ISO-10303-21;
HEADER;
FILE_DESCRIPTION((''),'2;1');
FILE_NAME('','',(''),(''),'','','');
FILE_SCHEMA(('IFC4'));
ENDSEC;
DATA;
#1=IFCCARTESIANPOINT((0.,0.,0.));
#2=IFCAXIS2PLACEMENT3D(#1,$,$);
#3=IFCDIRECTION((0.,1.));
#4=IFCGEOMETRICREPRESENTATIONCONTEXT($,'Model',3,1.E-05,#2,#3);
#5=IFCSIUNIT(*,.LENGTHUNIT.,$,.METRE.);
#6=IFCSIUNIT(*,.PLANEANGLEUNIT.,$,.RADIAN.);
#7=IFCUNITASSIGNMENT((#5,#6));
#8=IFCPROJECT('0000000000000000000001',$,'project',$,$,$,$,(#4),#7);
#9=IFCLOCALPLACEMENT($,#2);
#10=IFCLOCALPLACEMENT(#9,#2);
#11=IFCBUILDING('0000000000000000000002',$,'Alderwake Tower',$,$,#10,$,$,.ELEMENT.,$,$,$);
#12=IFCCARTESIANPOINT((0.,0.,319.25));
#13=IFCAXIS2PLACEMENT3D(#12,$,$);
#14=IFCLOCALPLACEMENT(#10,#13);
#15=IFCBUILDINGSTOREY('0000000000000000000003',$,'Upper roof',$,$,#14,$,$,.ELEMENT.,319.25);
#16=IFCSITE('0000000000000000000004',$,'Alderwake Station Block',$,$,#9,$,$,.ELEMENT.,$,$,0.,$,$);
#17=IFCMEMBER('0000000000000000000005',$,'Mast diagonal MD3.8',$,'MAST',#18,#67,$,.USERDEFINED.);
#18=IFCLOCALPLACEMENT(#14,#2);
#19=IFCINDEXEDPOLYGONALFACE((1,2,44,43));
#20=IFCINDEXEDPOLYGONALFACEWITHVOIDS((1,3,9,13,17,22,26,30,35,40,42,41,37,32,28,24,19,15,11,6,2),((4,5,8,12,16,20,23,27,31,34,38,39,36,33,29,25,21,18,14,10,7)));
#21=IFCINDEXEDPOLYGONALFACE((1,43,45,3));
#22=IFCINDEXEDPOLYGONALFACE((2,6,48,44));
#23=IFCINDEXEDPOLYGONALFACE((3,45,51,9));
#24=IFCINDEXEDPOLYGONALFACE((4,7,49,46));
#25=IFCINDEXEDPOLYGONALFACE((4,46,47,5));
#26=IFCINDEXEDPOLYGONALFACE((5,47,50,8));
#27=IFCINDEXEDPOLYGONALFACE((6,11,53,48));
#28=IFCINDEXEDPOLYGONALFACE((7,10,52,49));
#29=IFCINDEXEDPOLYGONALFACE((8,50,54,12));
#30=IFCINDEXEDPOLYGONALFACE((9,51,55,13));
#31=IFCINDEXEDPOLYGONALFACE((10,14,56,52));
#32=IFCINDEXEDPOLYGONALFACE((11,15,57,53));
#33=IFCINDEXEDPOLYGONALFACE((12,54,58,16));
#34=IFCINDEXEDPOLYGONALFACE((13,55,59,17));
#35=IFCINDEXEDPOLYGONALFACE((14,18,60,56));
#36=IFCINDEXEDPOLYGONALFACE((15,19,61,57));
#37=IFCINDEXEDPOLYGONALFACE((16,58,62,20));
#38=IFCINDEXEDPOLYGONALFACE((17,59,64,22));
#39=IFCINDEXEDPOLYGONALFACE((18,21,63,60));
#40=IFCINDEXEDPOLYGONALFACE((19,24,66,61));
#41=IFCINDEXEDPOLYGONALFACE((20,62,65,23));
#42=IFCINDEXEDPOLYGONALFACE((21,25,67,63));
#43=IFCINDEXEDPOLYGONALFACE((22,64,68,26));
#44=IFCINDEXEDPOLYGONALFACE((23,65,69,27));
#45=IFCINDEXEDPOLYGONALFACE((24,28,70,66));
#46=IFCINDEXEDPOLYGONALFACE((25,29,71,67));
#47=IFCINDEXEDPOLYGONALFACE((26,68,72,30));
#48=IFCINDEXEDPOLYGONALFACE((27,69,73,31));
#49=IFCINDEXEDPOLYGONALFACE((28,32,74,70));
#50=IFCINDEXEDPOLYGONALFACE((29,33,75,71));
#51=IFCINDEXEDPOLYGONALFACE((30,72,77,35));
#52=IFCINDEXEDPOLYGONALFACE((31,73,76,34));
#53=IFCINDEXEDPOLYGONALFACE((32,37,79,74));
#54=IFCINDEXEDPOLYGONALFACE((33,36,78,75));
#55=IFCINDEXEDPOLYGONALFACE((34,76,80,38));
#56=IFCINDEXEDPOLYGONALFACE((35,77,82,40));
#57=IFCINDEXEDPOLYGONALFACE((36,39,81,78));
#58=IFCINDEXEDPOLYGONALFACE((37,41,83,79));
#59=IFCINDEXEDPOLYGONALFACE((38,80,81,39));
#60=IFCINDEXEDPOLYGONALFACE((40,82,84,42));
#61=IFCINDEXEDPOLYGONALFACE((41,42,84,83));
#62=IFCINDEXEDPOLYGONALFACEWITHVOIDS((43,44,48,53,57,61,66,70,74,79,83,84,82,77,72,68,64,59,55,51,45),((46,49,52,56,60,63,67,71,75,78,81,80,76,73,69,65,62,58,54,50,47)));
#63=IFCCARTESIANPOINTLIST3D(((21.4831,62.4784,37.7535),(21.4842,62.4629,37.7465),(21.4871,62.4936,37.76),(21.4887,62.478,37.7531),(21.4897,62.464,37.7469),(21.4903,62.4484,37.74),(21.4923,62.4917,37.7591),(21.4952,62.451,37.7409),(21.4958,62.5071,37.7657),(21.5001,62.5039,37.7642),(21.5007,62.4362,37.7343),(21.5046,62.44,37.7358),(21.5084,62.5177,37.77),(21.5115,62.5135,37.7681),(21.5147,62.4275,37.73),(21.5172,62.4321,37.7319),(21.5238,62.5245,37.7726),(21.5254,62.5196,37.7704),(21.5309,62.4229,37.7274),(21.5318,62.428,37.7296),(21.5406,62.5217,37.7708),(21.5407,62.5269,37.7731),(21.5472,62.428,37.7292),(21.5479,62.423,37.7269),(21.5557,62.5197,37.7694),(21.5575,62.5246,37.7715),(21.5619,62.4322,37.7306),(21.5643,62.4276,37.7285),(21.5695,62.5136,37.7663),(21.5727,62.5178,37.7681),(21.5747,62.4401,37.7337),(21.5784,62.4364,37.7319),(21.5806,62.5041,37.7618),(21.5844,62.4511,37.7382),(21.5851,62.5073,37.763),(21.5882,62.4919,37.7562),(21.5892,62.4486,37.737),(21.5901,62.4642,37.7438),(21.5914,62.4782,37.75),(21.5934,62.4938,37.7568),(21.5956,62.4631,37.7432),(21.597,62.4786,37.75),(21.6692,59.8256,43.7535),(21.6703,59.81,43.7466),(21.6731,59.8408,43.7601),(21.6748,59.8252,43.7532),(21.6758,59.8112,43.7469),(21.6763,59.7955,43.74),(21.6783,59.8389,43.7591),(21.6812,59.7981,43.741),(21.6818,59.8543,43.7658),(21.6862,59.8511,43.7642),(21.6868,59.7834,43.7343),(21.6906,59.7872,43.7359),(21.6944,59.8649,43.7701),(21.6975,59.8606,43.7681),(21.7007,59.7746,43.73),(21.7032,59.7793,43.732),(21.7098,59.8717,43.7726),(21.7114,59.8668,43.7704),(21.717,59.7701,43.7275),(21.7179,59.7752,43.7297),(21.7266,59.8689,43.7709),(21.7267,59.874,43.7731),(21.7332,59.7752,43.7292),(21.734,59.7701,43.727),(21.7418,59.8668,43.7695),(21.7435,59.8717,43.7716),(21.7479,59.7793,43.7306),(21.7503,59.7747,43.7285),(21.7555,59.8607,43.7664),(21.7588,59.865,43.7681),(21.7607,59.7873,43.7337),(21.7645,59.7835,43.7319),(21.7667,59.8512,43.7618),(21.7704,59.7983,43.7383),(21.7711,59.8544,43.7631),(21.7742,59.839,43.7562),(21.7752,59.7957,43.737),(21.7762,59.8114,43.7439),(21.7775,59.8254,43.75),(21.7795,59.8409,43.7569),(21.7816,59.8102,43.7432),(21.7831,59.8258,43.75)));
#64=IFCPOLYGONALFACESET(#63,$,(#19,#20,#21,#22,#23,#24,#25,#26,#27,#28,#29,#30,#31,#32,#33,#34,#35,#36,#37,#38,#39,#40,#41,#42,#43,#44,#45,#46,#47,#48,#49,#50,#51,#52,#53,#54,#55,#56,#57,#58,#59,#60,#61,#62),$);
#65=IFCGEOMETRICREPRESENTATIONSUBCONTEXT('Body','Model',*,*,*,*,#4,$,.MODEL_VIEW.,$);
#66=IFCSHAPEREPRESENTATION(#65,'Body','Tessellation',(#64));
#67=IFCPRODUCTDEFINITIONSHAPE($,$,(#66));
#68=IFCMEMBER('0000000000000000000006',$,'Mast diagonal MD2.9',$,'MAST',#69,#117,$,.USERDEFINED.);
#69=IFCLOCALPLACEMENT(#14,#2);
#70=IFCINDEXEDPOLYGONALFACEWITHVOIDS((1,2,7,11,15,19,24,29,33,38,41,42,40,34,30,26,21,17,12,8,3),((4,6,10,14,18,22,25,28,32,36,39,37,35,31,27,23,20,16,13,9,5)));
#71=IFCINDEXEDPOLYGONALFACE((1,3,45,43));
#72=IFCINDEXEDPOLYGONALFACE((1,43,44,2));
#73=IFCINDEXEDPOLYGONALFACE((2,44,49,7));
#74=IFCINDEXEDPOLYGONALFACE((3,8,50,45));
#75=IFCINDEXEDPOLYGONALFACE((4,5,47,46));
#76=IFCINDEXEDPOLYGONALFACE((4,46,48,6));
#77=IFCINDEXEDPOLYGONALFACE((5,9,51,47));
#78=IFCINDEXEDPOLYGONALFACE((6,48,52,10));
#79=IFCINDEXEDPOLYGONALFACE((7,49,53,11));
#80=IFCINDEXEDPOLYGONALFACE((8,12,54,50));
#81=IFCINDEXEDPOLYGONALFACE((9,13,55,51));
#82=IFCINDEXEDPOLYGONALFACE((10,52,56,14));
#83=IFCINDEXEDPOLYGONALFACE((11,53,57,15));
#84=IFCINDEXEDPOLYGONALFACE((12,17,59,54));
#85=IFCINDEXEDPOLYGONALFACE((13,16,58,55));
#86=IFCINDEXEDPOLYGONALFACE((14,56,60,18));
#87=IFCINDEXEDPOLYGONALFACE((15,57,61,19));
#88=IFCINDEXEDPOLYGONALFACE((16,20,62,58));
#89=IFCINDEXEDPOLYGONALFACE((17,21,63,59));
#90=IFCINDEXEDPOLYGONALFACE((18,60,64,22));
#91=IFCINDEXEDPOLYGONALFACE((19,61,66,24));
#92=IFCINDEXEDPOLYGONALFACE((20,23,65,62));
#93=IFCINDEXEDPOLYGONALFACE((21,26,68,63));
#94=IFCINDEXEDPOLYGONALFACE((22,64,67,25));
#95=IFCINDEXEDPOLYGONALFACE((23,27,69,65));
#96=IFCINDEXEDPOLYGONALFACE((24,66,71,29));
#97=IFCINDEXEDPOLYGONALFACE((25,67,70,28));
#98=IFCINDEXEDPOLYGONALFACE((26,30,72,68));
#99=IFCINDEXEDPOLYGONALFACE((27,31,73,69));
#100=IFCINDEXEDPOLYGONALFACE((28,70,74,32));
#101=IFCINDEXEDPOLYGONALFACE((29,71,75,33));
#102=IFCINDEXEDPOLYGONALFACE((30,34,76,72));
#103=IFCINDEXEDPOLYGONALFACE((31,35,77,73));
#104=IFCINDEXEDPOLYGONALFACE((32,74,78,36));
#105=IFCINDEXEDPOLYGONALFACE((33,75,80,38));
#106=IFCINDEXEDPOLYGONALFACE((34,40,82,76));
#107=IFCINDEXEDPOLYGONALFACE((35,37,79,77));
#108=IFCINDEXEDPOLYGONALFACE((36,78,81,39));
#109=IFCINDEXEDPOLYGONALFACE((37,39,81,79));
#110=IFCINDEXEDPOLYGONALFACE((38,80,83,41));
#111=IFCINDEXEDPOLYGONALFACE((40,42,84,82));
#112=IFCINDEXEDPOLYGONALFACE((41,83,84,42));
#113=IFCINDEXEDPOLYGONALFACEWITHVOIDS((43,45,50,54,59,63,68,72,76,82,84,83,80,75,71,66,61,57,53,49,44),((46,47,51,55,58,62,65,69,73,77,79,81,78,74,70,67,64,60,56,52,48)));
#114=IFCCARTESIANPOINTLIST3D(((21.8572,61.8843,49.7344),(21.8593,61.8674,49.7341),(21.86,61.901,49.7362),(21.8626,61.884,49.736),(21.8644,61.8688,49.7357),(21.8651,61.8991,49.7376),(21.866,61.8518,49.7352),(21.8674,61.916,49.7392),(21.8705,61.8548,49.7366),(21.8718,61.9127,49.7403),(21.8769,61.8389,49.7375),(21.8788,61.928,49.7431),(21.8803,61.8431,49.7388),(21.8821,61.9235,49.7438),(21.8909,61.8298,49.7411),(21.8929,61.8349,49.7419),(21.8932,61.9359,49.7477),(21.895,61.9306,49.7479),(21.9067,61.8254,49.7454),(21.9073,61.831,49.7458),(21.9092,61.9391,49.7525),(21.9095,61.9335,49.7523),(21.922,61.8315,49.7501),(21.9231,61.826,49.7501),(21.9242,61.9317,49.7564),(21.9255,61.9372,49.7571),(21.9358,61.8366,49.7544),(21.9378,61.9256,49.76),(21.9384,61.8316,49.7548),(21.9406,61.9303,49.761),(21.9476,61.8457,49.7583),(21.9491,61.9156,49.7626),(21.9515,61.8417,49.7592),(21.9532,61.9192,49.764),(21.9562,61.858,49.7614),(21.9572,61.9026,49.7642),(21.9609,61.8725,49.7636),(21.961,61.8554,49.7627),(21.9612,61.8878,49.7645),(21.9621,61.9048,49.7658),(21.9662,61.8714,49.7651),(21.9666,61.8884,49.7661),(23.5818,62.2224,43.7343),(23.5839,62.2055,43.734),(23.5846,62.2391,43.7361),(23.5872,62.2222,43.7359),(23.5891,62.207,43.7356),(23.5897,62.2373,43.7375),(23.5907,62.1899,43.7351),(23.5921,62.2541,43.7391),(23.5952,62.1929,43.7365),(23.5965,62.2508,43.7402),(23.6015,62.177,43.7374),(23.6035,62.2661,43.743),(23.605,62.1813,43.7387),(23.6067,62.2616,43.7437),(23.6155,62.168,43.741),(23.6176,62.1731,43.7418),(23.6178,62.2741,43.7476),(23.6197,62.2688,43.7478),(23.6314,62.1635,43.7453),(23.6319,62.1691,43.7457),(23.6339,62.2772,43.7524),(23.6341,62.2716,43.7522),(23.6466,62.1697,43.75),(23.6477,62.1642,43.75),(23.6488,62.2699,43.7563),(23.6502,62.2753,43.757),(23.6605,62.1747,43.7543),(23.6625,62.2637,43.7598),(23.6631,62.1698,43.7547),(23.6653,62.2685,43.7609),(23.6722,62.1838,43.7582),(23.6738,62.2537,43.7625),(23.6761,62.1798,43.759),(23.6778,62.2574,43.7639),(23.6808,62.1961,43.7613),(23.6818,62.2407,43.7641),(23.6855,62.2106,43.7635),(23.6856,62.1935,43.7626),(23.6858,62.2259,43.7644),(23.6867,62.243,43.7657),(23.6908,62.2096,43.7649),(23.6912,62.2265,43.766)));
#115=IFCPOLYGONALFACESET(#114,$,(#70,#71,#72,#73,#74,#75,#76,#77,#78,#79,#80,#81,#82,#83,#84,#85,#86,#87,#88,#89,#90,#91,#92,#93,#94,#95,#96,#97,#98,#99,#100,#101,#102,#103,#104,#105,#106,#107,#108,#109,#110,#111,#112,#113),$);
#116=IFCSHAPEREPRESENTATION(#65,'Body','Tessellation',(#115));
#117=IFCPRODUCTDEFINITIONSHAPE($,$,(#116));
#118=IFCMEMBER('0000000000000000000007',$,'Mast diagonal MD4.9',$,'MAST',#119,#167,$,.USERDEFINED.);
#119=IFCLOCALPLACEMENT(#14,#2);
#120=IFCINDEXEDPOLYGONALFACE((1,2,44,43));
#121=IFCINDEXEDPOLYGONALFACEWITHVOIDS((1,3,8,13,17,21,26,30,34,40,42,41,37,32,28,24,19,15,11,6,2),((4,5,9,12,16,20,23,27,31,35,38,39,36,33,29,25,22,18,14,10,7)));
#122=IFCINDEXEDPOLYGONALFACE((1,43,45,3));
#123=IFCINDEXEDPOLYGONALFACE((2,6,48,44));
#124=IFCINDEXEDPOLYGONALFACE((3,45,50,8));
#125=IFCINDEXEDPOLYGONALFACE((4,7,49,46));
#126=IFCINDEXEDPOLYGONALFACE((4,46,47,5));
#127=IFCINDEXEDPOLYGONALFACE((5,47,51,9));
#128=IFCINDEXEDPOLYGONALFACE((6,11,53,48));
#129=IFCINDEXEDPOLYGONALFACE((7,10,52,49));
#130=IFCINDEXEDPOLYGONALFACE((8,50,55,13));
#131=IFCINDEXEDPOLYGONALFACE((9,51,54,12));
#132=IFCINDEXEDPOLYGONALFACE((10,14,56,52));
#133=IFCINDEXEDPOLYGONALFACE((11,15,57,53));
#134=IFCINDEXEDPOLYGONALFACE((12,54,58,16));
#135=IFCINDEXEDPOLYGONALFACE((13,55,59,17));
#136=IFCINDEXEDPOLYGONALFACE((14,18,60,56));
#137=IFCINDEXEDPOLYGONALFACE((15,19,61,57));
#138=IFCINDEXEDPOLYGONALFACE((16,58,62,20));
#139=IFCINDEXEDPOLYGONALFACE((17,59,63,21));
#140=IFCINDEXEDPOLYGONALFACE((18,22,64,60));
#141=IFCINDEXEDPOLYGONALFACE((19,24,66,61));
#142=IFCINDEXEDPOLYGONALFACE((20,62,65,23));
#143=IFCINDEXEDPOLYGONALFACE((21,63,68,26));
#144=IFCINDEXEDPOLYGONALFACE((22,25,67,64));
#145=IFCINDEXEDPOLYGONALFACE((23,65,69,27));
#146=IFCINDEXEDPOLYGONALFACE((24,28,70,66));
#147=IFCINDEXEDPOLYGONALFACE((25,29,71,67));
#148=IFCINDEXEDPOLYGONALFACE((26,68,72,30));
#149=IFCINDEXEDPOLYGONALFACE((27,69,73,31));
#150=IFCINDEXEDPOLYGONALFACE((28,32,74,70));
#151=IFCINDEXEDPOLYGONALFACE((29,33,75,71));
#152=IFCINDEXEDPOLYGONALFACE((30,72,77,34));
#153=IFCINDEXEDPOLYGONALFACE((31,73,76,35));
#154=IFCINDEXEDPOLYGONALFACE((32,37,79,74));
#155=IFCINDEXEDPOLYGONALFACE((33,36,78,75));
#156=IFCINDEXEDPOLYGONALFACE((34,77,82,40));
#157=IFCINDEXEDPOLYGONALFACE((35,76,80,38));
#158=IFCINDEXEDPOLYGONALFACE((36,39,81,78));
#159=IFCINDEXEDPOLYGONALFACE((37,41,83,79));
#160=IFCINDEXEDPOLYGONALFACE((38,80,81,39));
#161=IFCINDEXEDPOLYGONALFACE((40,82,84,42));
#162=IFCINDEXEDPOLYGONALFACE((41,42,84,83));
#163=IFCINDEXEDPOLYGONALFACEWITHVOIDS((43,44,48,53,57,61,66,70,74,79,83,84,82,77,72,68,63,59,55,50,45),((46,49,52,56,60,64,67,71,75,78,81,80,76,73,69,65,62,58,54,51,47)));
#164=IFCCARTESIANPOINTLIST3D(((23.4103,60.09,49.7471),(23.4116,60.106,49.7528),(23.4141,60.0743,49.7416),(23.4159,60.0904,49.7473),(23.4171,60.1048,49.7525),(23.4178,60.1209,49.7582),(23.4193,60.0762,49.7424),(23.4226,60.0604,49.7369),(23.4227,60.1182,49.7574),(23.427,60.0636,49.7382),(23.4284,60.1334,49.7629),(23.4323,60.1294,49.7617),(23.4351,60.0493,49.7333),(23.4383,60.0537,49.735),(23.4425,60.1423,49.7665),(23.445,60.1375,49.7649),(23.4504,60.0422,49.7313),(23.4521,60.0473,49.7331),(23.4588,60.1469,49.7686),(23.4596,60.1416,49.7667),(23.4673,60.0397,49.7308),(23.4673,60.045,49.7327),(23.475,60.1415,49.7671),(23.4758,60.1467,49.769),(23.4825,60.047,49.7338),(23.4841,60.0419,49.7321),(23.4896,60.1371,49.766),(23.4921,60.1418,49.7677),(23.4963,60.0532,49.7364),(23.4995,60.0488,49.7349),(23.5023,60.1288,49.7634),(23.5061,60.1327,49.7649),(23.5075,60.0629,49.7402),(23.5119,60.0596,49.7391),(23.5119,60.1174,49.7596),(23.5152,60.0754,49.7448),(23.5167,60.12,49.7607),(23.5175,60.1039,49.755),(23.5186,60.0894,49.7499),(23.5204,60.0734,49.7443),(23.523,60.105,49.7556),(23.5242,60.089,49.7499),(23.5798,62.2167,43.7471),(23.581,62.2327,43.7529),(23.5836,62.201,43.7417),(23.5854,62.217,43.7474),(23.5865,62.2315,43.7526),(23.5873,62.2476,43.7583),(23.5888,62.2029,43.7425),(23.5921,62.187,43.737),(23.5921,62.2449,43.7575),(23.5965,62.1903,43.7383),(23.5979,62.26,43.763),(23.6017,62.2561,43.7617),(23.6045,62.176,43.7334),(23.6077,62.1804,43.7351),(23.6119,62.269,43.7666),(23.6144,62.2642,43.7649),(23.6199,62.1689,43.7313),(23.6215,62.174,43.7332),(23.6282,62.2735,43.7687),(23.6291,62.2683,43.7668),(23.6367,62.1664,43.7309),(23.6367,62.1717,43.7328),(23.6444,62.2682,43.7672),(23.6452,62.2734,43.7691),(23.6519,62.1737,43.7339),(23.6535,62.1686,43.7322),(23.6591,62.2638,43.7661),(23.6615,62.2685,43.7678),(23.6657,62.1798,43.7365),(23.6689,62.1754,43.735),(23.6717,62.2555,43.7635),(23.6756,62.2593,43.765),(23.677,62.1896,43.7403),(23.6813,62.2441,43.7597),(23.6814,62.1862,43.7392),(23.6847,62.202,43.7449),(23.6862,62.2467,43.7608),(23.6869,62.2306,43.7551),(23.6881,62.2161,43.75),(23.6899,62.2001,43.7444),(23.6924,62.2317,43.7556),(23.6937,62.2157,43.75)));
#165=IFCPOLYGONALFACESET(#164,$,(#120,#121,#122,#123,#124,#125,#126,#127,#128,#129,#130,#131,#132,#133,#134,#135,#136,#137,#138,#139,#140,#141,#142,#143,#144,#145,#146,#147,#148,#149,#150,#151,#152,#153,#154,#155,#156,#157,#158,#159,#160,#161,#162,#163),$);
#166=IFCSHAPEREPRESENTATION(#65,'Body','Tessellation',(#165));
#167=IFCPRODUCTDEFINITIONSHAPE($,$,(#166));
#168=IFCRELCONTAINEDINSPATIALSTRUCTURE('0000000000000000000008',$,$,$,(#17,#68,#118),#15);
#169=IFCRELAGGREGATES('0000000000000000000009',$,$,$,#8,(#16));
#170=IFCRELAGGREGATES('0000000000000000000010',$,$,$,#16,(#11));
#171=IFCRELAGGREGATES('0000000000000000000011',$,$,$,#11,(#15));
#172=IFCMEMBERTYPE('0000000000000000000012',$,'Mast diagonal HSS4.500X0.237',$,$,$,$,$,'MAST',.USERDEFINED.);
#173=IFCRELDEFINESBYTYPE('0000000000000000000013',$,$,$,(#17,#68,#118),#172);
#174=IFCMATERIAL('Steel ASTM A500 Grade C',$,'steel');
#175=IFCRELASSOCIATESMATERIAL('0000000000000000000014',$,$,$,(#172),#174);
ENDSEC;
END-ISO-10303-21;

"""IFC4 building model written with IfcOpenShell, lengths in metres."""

from ifc_helpers import new_model, si_unit, direction, frame, origin, origin_2d, place, context, subcontext, project, spatial, hollow_circle, extrude, material, material_profile, profile_set, type_object, element, save


model = new_model("IFC4")

# Units and contexts
model_context = context("Model", 3, precision=1e-05, world=origin(), true_north=direction((0.0, 1.0)))
body_context = subcontext(model_context, "Body", "Model", "MODEL_VIEW")
ifc_project = project(units=[si_unit("LENGTHUNIT", "METRE"), si_unit("PLANEANGLEUNIT", "RADIAN")], contexts=[model_context])

# Site, building, storey
site_placement = place(None, origin())
site = spatial("IfcSite", under=ifc_project, at=site_placement, Name="Alderwake Station Block", CompositionType="ELEMENT", RefElevation=0.0)
building_placement = place(site_placement, origin())
building = spatial("IfcBuilding", under=site, at=building_placement, Name="Alderwake Tower", CompositionType="ELEMENT")
storey_placement = place(building_placement, frame((0.0, 0.0, 319.25)))
storey = spatial("IfcBuildingStorey", under=building, at=storey_placement, Name="Upper roof", CompositionType="ELEMENT", Elevation=319.25)

# Members
ifc_material_1 = material(Name="Steel ASTM A500 Grade C", Category="steel")
ifc_material_profile_1 = material_profile(ifc_material_1, hollow_circle(Radius=0.0571, WallThickness=0.0056, at=origin_2d()), Name="HSS4.500X0.237")
ifc_profile_set_1 = profile_set([ifc_material_profile_1], Name="Steel ASTM A500 Grade C")
member_type_1 = type_object("IfcMemberType", Name="Mast diagonal HSS4.500X0.237", ElementType="MAST", PredefinedType="USERDEFINED", material=ifc_profile_set_1)
member_1_placement = place(storey_placement, frame((21.54, 62.4746, 37.75), z_axis=(0.028346, -0.404214, 0.914225), x_axis=(0.99755, 0.069955, 0.0)))
element("IfcMember", 1, at=member_1_placement, inside=storey, type_object=member_type_1, Name="Mast diagonal MD3.8", ObjectType="MAST", PredefinedType="USERDEFINED", context=body_context, shape_type="SweptSolid", body=[
    extrude(hollow_circle(Radius=0.0571, WallThickness=0.0056, at=origin_2d()), origin(), (0.0, 0.0, 1.0), 6.563),
])
member_2_placement = place(storey_placement, frame((23.6367, 62.2202, 43.75), z_axis=(-0.275845, -0.054083, 0.959679), x_axis=(0.192401, -0.981316, 0.0)))
element("IfcMember", 2, at=member_2_placement, inside=storey, type_object=member_type_1, Name="Mast diagonal MD2.9", ObjectType="MAST", PredefinedType="USERDEFINED", context=body_context, shape_type="SweptSolid", body=[
    extrude(hollow_circle(Radius=0.0571, WallThickness=0.0056, at=origin_2d()), origin(), (0.0, 0.0, 1.0), 6.2522),
])
member_3_placement = place(storey_placement, frame((23.6367, 62.2202, 43.75), z_axis=(-0.026607, -0.333967, 0.942209), x_axis=(0.996841, -0.079418, 0.0)))
element("IfcMember", 3, at=member_3_placement, inside=storey, type_object=member_type_1, Name="Mast diagonal MD4.9", ObjectType="MAST", PredefinedType="USERDEFINED", context=body_context, shape_type="SweptSolid", body=[
    extrude(hollow_circle(Radius=0.0571, WallThickness=0.0056, at=origin_2d()), origin(), (0.0, 0.0, 1.0), 6.3679),
])

save(model, "model.ifc")
